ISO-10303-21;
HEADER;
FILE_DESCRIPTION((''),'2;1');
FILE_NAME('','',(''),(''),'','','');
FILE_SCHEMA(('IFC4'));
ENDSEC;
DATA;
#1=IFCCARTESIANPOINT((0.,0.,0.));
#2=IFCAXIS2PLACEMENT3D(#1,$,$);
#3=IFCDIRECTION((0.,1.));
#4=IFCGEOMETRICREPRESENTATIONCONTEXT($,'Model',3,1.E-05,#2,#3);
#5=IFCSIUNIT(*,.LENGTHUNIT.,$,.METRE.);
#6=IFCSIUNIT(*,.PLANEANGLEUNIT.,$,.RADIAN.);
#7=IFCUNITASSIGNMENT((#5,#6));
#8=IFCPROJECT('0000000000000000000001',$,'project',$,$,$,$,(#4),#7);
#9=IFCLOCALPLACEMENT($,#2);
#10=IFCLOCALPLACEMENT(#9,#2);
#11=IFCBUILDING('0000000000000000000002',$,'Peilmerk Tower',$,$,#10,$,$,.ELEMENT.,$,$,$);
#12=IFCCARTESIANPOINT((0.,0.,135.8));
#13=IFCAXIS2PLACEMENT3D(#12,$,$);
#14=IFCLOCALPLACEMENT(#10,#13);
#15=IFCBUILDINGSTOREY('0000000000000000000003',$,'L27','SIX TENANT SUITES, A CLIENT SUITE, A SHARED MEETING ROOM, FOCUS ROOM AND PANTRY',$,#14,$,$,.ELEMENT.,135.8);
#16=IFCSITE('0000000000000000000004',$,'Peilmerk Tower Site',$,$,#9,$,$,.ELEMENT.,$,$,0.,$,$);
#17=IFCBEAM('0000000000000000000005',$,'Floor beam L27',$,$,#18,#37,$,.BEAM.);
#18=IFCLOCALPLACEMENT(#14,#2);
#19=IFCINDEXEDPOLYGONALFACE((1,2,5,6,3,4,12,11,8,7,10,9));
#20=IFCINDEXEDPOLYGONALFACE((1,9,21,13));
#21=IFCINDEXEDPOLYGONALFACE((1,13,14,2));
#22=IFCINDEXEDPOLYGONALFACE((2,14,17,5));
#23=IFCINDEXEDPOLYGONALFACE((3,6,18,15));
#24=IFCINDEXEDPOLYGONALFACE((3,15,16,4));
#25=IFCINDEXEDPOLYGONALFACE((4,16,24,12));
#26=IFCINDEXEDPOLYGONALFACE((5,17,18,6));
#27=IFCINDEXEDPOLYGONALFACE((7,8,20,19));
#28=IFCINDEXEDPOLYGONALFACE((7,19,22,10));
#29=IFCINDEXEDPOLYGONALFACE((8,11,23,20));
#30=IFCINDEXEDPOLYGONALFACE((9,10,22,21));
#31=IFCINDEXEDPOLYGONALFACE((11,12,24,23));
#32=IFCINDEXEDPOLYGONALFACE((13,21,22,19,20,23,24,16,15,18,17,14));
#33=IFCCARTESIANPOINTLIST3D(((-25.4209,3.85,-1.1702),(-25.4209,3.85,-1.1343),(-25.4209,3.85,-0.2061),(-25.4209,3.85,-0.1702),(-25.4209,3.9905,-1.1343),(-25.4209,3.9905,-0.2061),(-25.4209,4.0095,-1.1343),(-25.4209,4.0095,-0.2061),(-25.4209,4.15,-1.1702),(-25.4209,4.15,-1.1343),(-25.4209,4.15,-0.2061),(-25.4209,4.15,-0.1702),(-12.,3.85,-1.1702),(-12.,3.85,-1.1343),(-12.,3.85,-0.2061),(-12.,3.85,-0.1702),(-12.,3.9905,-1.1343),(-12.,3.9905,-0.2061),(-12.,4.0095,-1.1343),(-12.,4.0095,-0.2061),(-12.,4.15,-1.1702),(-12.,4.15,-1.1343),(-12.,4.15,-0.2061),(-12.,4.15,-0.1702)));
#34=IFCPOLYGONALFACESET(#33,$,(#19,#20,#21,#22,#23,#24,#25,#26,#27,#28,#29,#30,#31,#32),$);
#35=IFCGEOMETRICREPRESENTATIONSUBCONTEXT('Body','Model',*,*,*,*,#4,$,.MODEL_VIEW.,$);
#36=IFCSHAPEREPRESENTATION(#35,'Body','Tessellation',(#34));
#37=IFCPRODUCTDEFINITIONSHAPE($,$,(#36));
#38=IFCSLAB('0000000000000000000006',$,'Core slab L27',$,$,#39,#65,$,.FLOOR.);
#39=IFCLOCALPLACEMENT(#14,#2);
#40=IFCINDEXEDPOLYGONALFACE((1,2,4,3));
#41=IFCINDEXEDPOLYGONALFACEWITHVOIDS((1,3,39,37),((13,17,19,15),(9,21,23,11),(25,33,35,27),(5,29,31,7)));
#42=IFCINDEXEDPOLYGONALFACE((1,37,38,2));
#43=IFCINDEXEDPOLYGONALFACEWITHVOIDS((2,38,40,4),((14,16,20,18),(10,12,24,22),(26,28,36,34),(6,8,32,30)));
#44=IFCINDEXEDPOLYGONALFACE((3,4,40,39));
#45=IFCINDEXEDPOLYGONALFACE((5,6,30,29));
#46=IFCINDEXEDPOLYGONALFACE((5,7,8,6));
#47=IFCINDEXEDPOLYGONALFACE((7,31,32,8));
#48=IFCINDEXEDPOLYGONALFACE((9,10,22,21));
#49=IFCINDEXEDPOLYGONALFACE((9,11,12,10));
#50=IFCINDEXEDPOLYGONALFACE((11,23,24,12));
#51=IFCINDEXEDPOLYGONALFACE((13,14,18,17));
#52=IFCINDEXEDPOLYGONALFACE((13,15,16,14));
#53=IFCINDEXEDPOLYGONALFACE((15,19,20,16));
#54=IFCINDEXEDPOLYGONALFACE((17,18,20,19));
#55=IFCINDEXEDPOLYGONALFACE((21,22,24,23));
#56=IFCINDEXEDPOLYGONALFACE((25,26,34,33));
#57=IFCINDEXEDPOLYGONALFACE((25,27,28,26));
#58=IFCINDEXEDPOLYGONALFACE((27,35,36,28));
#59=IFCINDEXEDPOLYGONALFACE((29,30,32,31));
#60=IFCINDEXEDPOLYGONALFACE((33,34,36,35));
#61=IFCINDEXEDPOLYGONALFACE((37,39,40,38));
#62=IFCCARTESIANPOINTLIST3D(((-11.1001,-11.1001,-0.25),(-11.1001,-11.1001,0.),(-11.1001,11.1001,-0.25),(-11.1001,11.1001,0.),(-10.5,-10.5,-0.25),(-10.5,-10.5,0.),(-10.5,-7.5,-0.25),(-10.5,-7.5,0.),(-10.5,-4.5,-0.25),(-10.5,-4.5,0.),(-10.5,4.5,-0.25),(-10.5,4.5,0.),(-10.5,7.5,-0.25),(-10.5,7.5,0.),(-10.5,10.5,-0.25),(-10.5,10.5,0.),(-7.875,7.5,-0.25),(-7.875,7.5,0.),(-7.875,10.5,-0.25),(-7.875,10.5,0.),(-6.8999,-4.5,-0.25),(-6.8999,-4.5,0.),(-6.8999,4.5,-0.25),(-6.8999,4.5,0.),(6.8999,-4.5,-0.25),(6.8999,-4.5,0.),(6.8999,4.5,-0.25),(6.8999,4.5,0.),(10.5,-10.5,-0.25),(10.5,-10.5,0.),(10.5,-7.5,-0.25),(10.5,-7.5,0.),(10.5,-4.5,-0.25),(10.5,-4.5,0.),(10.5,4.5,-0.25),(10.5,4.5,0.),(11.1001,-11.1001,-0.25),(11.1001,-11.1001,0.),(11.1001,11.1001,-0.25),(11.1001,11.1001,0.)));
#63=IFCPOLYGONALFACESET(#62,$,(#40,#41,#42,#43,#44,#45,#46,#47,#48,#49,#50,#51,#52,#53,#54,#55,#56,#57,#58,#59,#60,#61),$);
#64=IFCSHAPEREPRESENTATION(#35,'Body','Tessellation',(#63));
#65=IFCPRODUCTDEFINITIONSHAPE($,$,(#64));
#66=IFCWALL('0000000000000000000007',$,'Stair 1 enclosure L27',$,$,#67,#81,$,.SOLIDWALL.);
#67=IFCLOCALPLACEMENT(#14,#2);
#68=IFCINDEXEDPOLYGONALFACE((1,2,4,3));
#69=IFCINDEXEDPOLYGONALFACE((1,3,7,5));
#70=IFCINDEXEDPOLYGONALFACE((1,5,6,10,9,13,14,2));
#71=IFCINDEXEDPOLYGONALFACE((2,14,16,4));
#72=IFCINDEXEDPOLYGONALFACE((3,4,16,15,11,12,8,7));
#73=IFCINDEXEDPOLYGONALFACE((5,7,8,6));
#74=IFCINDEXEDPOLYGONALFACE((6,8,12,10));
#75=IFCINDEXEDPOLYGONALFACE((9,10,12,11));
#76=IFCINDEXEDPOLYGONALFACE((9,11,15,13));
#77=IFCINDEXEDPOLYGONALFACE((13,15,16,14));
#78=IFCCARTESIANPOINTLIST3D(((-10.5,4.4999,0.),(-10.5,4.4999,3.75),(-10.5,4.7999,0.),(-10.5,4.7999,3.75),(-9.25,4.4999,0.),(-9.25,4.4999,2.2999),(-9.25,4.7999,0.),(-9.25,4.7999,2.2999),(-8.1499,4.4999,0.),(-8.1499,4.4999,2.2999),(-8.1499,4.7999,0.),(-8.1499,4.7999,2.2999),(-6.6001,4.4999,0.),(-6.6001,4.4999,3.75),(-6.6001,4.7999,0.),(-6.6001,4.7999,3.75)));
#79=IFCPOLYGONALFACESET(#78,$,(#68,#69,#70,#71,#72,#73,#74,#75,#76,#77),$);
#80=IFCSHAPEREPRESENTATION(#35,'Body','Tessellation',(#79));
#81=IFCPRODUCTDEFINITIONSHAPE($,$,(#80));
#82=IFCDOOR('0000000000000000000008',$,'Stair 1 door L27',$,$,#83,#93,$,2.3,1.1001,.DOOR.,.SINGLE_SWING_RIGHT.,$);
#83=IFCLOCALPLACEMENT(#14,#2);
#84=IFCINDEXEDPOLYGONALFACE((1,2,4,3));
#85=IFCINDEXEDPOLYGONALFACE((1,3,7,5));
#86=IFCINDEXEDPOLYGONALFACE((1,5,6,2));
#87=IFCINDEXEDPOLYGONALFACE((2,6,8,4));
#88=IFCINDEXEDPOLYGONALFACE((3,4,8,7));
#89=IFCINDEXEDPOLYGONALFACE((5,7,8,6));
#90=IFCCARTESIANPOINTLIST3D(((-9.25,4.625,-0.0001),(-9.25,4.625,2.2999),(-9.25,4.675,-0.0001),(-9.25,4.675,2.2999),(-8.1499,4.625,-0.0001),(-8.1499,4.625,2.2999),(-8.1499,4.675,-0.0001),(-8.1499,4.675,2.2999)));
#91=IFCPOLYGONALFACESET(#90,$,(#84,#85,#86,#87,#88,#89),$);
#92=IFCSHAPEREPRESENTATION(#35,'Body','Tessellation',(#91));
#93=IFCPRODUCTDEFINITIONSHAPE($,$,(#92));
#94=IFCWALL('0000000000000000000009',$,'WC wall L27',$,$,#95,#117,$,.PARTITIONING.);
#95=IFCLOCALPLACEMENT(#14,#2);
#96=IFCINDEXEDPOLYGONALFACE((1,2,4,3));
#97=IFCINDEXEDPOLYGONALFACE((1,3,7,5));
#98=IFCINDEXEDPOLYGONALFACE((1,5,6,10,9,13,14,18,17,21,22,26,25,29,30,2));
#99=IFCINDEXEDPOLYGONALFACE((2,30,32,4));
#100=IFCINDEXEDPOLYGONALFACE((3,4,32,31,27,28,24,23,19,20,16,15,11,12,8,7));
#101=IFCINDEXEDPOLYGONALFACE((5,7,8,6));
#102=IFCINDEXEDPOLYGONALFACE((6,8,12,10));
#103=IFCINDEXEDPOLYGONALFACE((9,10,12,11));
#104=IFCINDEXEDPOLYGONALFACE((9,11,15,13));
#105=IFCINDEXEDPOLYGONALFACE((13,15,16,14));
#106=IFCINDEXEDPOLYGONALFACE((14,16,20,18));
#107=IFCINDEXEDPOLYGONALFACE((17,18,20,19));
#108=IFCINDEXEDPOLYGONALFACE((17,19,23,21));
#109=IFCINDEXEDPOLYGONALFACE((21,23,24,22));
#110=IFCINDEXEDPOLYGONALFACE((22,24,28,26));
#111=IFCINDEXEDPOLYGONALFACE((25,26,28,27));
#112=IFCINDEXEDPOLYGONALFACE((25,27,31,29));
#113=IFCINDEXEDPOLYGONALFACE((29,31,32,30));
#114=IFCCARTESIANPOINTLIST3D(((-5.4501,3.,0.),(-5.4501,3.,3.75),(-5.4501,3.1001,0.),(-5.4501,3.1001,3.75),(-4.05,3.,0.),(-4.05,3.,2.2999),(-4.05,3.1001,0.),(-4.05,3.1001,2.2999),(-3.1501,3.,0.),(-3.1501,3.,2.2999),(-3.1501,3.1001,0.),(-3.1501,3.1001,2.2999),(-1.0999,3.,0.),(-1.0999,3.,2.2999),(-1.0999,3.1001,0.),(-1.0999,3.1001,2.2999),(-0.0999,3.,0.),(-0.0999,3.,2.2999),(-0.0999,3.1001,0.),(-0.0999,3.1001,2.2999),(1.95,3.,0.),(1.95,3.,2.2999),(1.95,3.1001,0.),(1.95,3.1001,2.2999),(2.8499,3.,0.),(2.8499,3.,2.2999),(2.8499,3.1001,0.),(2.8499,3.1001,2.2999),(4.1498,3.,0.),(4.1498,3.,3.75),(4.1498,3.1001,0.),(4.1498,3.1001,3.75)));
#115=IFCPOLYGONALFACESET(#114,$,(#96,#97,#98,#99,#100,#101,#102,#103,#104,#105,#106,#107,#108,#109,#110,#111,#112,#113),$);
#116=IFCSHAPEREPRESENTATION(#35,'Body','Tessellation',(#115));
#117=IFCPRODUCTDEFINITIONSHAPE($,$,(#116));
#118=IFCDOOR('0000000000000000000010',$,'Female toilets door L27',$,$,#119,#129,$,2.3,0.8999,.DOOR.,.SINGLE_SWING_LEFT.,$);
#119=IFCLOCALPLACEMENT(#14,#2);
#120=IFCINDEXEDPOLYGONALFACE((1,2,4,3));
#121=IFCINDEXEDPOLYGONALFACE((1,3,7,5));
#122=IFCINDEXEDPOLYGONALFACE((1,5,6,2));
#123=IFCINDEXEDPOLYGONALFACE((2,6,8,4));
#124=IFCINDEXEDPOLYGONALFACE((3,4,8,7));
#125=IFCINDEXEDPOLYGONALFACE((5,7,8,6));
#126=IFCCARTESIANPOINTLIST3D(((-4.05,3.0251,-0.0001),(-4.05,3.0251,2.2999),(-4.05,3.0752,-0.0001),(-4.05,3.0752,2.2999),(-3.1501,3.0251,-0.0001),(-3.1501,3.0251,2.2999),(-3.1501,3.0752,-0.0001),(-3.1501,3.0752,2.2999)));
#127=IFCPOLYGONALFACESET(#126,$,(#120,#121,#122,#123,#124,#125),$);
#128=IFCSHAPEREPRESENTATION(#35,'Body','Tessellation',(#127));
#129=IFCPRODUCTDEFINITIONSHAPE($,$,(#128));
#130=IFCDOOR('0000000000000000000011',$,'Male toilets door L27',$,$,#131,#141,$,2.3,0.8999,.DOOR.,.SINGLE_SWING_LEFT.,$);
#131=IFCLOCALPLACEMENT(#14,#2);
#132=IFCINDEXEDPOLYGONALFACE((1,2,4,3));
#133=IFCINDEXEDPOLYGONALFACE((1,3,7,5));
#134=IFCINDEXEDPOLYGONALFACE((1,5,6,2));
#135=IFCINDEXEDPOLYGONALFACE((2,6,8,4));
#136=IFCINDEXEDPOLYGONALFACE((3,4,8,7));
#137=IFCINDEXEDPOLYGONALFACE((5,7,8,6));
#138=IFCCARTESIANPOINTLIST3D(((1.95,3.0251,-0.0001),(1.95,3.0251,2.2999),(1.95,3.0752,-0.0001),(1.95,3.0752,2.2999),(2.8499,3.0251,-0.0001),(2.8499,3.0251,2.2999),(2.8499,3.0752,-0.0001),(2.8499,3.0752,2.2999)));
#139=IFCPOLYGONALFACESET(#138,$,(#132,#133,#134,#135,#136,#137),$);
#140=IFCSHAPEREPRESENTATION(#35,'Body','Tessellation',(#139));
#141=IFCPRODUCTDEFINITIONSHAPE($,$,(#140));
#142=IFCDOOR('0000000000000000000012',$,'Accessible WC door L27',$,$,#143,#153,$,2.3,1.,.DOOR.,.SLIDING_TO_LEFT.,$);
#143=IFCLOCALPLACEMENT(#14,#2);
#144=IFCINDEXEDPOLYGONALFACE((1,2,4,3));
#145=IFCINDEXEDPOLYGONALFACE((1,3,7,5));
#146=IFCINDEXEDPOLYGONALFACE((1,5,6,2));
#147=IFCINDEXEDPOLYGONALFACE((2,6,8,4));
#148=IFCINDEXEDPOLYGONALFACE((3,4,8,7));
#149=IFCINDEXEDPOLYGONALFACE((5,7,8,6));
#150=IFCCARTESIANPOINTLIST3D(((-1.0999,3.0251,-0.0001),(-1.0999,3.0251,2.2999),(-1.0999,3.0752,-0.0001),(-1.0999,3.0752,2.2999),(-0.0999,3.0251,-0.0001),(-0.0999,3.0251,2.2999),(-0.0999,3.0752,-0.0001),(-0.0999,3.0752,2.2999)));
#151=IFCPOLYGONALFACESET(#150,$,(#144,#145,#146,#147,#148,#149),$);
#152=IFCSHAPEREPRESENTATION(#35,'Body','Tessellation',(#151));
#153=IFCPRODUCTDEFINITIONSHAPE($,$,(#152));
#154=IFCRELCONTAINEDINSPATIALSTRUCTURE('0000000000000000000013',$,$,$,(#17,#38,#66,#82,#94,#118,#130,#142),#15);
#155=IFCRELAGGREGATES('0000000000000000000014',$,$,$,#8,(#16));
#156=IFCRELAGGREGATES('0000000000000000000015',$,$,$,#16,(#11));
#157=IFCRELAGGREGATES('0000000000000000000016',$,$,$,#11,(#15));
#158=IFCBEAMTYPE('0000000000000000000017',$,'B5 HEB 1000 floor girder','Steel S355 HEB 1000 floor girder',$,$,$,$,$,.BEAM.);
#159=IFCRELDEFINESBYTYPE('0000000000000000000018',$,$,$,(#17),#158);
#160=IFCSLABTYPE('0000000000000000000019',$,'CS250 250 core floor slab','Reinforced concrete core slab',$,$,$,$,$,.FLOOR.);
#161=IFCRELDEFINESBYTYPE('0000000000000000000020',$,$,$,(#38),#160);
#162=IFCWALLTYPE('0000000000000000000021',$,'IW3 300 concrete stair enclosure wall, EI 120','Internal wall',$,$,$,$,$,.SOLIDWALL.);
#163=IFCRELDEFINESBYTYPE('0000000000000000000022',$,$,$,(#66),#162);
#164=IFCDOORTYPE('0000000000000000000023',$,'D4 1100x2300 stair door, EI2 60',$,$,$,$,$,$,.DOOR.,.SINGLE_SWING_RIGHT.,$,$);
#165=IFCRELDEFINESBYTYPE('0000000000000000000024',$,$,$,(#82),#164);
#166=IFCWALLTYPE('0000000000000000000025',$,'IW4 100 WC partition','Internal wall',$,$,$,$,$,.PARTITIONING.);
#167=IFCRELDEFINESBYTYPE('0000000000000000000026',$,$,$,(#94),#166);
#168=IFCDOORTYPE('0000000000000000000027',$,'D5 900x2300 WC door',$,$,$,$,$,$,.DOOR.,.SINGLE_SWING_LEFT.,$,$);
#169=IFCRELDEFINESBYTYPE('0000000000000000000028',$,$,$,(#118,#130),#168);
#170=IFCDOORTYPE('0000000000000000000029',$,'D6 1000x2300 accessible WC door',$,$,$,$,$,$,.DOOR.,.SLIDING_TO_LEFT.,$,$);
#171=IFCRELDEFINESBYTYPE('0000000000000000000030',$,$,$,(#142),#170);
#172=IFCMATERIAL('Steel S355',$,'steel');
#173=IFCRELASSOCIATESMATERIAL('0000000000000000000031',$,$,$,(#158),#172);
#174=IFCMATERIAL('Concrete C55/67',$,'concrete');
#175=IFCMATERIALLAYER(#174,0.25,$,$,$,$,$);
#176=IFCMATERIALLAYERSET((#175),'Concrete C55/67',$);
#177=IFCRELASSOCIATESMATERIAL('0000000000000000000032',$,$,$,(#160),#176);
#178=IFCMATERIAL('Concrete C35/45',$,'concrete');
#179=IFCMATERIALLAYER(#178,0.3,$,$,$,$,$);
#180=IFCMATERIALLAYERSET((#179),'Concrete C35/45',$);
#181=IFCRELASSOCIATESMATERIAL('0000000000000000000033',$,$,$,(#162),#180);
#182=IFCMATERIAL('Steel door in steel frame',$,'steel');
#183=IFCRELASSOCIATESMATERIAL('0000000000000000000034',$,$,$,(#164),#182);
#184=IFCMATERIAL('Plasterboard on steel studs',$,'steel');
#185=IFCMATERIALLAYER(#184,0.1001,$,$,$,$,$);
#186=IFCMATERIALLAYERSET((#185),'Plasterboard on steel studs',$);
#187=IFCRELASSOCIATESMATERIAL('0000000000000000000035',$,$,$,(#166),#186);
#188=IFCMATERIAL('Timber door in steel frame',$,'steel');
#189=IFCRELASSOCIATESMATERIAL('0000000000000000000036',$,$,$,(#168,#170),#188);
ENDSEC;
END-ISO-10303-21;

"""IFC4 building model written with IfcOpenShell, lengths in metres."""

from ifc_helpers import new_model, si_unit, direction, frame, frame_2d, origin, origin_2d, place, context, subcontext, project, spatial, polyline, rectangle, i_section, outline, extrude, material, layer, layer_set, material_profile, profile_set, type_object, element, fill, save


model = new_model("IFC4")

# Units and contexts
model_context = context("Model", 3, precision=1e-05, world=origin(), true_north=direction((0.0, 1.0)))
body_context = subcontext(model_context, "Body", "Model", "MODEL_VIEW")
ifc_project = project(units=[si_unit("LENGTHUNIT", "METRE"), si_unit("PLANEANGLEUNIT", "RADIAN")], contexts=[model_context])

# Site, building, storey
site_placement = place(None, origin())
site = spatial("IfcSite", under=ifc_project, at=site_placement, Name="Peilmerk Tower Site", CompositionType="ELEMENT", RefElevation=0.0)
building_placement = place(site_placement, origin())
building = spatial("IfcBuilding", under=site, at=building_placement, Name="Peilmerk Tower", CompositionType="ELEMENT")
storey_placement = place(building_placement, frame((0.0, 0.0, 135.8)))
storey = spatial("IfcBuildingStorey", under=building, at=storey_placement, Name="L27", Description="SIX TENANT SUITES, A CLIENT SUITE, A SHARED MEETING ROOM, FOCUS ROOM AND PANTRY", CompositionType="ELEMENT", Elevation=135.8)

# Beam
ifc_material_1 = material(Name="Steel S355", Category="steel")
ifc_material_profile = material_profile(ifc_material_1, i_section(OverallWidth=0.3, OverallDepth=1.0, WebThickness=0.019, FlangeThickness=0.0359, at=origin_2d()), Name="HEB 1000")
ifc_profile_set = profile_set([ifc_material_profile], Name="Steel S355")
beam_type = type_object("IfcBeamType", Name="B5 HEB 1000 floor girder", Description="Steel S355 HEB 1000 floor girder", PredefinedType="BEAM", material=ifc_profile_set)
beam_placement = place(storey_placement, frame((-12.0, 4.0, -0.6702), z_axis=(-1.0, 0.0, 0.0), x_axis=(0.0, -1.0, 0.0)))
element("IfcBeam", 1, at=beam_placement, inside=storey, type_object=beam_type, Name="Floor beam L27", PredefinedType="BEAM", context=body_context, shape_type="SweptSolid", body=[
    extrude(i_section(OverallWidth=0.3, OverallDepth=1.0, WebThickness=0.019, FlangeThickness=0.0359, at=origin_2d()), origin(), (0.0, 0.0, 1.0), 13.4209),
])

# Slab
ifc_material_2 = material(Name="Concrete C55/67", Category="concrete")
ifc_layer_1 = layer(ifc_material_2, 0.25)
ifc_layer_set_1 = layer_set([ifc_layer_1], Name="Concrete C55/67")
slab_type = type_object("IfcSlabType", Name="CS250 250 core floor slab", Description="Reinforced concrete core slab", PredefinedType="FLOOR", material=ifc_layer_set_1)
slab_placement = place(storey_placement, frame((0.0, 0.0, -0.25)))
element("IfcSlab", 2, at=slab_placement, inside=storey, type_object=slab_type, Name="Core slab L27", PredefinedType="FLOOR", context=body_context, shape_type="SweptSolid", body=[
    extrude(outline(polyline([(11.1001, 11.1001), (-11.1001, 11.1001), (-11.1001, -11.1001), (11.1001, -11.1001), (11.1001, 11.1001)]), holes=[polyline([(-10.5, 7.5), (-10.5, 10.5), (-7.875, 10.5), (-7.875, 7.5), (-10.5, 7.5)]), polyline([(-10.5, -10.5), (-10.5, -7.5), (10.5, -7.5), (10.5, -10.5), (-10.5, -10.5)]), polyline([(-10.5, 4.5), (-6.8999, 4.5), (-6.8999, -4.5), (-10.5, -4.5), (-10.5, 4.5)]), polyline([(10.5, 4.5), (10.5, -4.5), (6.8999, -4.5), (6.8999, 4.5), (10.5, 4.5)])]), origin(), (0.0, 0.0, 1.0), 0.25),
])

# Wall, opening, door
ifc_material_3 = material(Name="Concrete C35/45", Category="concrete")
ifc_layer_2 = layer(ifc_material_3, 0.3)
ifc_layer_set_2 = layer_set([ifc_layer_2], Name="Concrete C35/45")
wall_type_1 = type_object("IfcWallType", Name="IW3 300 concrete stair enclosure wall, EI 120", Description="Internal wall", PredefinedType="SOLIDWALL", material=ifc_layer_set_2)
wall_1_placement = place(storey_placement, frame((-10.5, 4.6499, 0.0), z_axis=(0.0, 0.0, 1.0), x_axis=(1.0, 0.0, 0.0)))
wall_1 = element("IfcWall", 3, at=wall_1_placement, inside=storey, type_object=wall_type_1, Name="Stair 1 enclosure L27", PredefinedType="SOLIDWALL", context=body_context, shape_type="SweptSolid", body=[
    extrude(rectangle(XDim=3.8999, YDim=0.3, at=frame_2d((1.95, 0.0))), origin(), (0.0, 0.0, 1.0), 3.75),
])
opening_1_placement = place(wall_1_placement, frame((1.25, 0.0, 0.0)))
opening_1 = element("IfcOpeningElement", 4, at=opening_1_placement, cuts=wall_1, PredefinedType="OPENING", context=body_context, shape_type="SweptSolid", body=[
    extrude(rectangle(XDim=1.1001, YDim=2.3, at=frame_2d((0.55, 1.1499))), frame((0.0, 0.1599, 0.0), z_axis=(0.0, -1.0, 0.0), x_axis=(1.0, 0.0, 0.0)), (0.0, 0.0, 1.0), 0.3201),
])
ifc_material_4 = material(Name="Steel door in steel frame", Category="steel")
door_type_1 = type_object("IfcDoorType", Name="D4 1100x2300 stair door, EI2 60", OperationType="SINGLE_SWING_RIGHT", PredefinedType="DOOR", material=ifc_material_4)
door_1_placement = place(opening_1_placement, frame((1.1001, 0.0, 0.0), z_axis=(0.0, 0.0, 1.0), x_axis=(-1.0, 0.0, 0.0)))
door_1 = element("IfcDoor", 5, at=door_1_placement, inside=storey, type_object=door_type_1, Name="Stair 1 door L27", OperationType="SINGLE_SWING_RIGHT", OverallHeight=2.3, OverallWidth=1.1001, PredefinedType="DOOR", context=body_context, shape_type="SweptSolid", body=[
    extrude(rectangle(XDim=1.1001, YDim=2.3, at=frame_2d((0.55, 1.1499))), frame((0.0, 0.0249, 0.0), z_axis=(0.0, -1.0, 0.0), x_axis=(1.0, 0.0, 0.0)), (0.0, 0.0, 1.0), 0.05),
])
fill(opening_1, door_1)

# Wall, openings, doors
ifc_material_5 = material(Name="Plasterboard on steel studs", Category="steel")
ifc_layer_3 = layer(ifc_material_5, 0.1001)
ifc_layer_set_3 = layer_set([ifc_layer_3], Name="Plasterboard on steel studs")
wall_type_2 = type_object("IfcWallType", Name="IW4 100 WC partition", Description="Internal wall", PredefinedType="PARTITIONING", material=ifc_layer_set_3)
wall_2_placement = place(storey_placement, frame((-5.45, 3.05, 0.0), z_axis=(0.0, 0.0, 1.0), x_axis=(1.0, 0.0, 0.0)))
wall_2 = element("IfcWall", 6, at=wall_2_placement, inside=storey, type_object=wall_type_2, Name="WC wall L27", PredefinedType="PARTITIONING", context=body_context, shape_type="SweptSolid", body=[
    extrude(rectangle(XDim=9.5999, YDim=0.1001, at=frame_2d((4.7998, 0.0))), origin(), (0.0, 0.0, 1.0), 3.75),
])
opening_2_placement = place(wall_2_placement, frame((1.3999, 0.0, 0.0)))
opening_2 = element("IfcOpeningElement", 7, at=opening_2_placement, cuts=wall_2, PredefinedType="OPENING", context=body_context, shape_type="SweptSolid", body=[
    extrude(rectangle(XDim=0.8999, YDim=2.3, at=frame_2d((0.45, 1.1499))), frame((0.0, 0.0601, 0.0), z_axis=(0.0, -1.0, 0.0), x_axis=(1.0, 0.0, 0.0)), (0.0, 0.0, 1.0), 0.1201),
])
opening_3_placement = place(wall_2_placement, frame((4.3501, 0.0, 0.0)))
opening_3 = element("IfcOpeningElement", 8, at=opening_3_placement, cuts=wall_2, PredefinedType="OPENING", context=body_context, shape_type="SweptSolid", body=[
    extrude(rectangle(XDim=1.0, YDim=2.3, at=frame_2d((0.5, 1.1499))), frame((0.0, 0.0601, 0.0), z_axis=(0.0, -1.0, 0.0), x_axis=(1.0, 0.0, 0.0)), (0.0, 0.0, 1.0), 0.1201),
])
opening_4_placement = place(wall_2_placement, frame((7.3999, 0.0, 0.0)))
opening_4 = element("IfcOpeningElement", 9, at=opening_4_placement, cuts=wall_2, PredefinedType="OPENING", context=body_context, shape_type="SweptSolid", body=[
    extrude(rectangle(XDim=0.8999, YDim=2.3, at=frame_2d((0.45, 1.1499))), frame((0.0, 0.0601, 0.0), z_axis=(0.0, -1.0, 0.0), x_axis=(1.0, 0.0, 0.0)), (0.0, 0.0, 1.0), 0.1201),
])
ifc_material_6 = material(Name="Timber door in steel frame", Category="steel")
door_type_2 = type_object("IfcDoorType", Name="D5 900x2300 WC door", OperationType="SINGLE_SWING_LEFT", PredefinedType="DOOR", material=ifc_material_6)
door_2_placement = place(opening_2_placement, frame((0.8999, 0.0, 0.0), z_axis=(0.0, 0.0, 1.0), x_axis=(-1.0, 0.0, 0.0)))
door_2 = element("IfcDoor", 10, at=door_2_placement, inside=storey, type_object=door_type_2, Name="Female toilets door L27", OperationType="SINGLE_SWING_LEFT", OverallHeight=2.3, OverallWidth=0.8999, PredefinedType="DOOR", context=body_context, shape_type="SweptSolid", body=[
    extrude(rectangle(XDim=0.8999, YDim=2.3, at=frame_2d((0.45, 1.1499))), frame((0.0, 0.0249, 0.0), z_axis=(0.0, -1.0, 0.0), x_axis=(1.0, 0.0, 0.0)), (0.0, 0.0, 1.0), 0.05),
])
fill(opening_2, door_2)
door_3_placement = place(opening_4_placement, frame((0.8999, 0.0, 0.0), z_axis=(0.0, 0.0, 1.0), x_axis=(-1.0, 0.0, 0.0)))
door_3 = element("IfcDoor", 11, at=door_3_placement, inside=storey, type_object=door_type_2, Name="Male toilets door L27", OperationType="SINGLE_SWING_LEFT", OverallHeight=2.3, OverallWidth=0.8999, PredefinedType="DOOR", context=body_context, shape_type="SweptSolid", body=[
    extrude(rectangle(XDim=0.8999, YDim=2.3, at=frame_2d((0.45, 1.1499))), frame((0.0, 0.0249, 0.0), z_axis=(0.0, -1.0, 0.0), x_axis=(1.0, 0.0, 0.0)), (0.0, 0.0, 1.0), 0.05),
])
fill(opening_4, door_3)
door_type_3 = type_object("IfcDoorType", Name="D6 1000x2300 accessible WC door", OperationType="SLIDING_TO_LEFT", PredefinedType="DOOR", material=ifc_material_6)
door_4_placement = place(opening_3_placement, frame((1.0, 0.0, 0.0), z_axis=(0.0, 0.0, 1.0), x_axis=(-1.0, 0.0, 0.0)))
door_4 = element("IfcDoor", 12, at=door_4_placement, inside=storey, type_object=door_type_3, Name="Accessible WC door L27", OperationType="SLIDING_TO_LEFT", OverallHeight=2.3, OverallWidth=1.0, PredefinedType="DOOR", context=body_context, shape_type="SweptSolid", body=[
    extrude(rectangle(XDim=1.0, YDim=2.3, at=frame_2d((0.5, 1.1499))), frame((0.0, 0.0249, 0.0), z_axis=(0.0, -1.0, 0.0), x_axis=(1.0, 0.0, 0.0)), (0.0, 0.0, 1.0), 0.05),
])
fill(opening_3, door_4)

save(model, "model.ifc")
